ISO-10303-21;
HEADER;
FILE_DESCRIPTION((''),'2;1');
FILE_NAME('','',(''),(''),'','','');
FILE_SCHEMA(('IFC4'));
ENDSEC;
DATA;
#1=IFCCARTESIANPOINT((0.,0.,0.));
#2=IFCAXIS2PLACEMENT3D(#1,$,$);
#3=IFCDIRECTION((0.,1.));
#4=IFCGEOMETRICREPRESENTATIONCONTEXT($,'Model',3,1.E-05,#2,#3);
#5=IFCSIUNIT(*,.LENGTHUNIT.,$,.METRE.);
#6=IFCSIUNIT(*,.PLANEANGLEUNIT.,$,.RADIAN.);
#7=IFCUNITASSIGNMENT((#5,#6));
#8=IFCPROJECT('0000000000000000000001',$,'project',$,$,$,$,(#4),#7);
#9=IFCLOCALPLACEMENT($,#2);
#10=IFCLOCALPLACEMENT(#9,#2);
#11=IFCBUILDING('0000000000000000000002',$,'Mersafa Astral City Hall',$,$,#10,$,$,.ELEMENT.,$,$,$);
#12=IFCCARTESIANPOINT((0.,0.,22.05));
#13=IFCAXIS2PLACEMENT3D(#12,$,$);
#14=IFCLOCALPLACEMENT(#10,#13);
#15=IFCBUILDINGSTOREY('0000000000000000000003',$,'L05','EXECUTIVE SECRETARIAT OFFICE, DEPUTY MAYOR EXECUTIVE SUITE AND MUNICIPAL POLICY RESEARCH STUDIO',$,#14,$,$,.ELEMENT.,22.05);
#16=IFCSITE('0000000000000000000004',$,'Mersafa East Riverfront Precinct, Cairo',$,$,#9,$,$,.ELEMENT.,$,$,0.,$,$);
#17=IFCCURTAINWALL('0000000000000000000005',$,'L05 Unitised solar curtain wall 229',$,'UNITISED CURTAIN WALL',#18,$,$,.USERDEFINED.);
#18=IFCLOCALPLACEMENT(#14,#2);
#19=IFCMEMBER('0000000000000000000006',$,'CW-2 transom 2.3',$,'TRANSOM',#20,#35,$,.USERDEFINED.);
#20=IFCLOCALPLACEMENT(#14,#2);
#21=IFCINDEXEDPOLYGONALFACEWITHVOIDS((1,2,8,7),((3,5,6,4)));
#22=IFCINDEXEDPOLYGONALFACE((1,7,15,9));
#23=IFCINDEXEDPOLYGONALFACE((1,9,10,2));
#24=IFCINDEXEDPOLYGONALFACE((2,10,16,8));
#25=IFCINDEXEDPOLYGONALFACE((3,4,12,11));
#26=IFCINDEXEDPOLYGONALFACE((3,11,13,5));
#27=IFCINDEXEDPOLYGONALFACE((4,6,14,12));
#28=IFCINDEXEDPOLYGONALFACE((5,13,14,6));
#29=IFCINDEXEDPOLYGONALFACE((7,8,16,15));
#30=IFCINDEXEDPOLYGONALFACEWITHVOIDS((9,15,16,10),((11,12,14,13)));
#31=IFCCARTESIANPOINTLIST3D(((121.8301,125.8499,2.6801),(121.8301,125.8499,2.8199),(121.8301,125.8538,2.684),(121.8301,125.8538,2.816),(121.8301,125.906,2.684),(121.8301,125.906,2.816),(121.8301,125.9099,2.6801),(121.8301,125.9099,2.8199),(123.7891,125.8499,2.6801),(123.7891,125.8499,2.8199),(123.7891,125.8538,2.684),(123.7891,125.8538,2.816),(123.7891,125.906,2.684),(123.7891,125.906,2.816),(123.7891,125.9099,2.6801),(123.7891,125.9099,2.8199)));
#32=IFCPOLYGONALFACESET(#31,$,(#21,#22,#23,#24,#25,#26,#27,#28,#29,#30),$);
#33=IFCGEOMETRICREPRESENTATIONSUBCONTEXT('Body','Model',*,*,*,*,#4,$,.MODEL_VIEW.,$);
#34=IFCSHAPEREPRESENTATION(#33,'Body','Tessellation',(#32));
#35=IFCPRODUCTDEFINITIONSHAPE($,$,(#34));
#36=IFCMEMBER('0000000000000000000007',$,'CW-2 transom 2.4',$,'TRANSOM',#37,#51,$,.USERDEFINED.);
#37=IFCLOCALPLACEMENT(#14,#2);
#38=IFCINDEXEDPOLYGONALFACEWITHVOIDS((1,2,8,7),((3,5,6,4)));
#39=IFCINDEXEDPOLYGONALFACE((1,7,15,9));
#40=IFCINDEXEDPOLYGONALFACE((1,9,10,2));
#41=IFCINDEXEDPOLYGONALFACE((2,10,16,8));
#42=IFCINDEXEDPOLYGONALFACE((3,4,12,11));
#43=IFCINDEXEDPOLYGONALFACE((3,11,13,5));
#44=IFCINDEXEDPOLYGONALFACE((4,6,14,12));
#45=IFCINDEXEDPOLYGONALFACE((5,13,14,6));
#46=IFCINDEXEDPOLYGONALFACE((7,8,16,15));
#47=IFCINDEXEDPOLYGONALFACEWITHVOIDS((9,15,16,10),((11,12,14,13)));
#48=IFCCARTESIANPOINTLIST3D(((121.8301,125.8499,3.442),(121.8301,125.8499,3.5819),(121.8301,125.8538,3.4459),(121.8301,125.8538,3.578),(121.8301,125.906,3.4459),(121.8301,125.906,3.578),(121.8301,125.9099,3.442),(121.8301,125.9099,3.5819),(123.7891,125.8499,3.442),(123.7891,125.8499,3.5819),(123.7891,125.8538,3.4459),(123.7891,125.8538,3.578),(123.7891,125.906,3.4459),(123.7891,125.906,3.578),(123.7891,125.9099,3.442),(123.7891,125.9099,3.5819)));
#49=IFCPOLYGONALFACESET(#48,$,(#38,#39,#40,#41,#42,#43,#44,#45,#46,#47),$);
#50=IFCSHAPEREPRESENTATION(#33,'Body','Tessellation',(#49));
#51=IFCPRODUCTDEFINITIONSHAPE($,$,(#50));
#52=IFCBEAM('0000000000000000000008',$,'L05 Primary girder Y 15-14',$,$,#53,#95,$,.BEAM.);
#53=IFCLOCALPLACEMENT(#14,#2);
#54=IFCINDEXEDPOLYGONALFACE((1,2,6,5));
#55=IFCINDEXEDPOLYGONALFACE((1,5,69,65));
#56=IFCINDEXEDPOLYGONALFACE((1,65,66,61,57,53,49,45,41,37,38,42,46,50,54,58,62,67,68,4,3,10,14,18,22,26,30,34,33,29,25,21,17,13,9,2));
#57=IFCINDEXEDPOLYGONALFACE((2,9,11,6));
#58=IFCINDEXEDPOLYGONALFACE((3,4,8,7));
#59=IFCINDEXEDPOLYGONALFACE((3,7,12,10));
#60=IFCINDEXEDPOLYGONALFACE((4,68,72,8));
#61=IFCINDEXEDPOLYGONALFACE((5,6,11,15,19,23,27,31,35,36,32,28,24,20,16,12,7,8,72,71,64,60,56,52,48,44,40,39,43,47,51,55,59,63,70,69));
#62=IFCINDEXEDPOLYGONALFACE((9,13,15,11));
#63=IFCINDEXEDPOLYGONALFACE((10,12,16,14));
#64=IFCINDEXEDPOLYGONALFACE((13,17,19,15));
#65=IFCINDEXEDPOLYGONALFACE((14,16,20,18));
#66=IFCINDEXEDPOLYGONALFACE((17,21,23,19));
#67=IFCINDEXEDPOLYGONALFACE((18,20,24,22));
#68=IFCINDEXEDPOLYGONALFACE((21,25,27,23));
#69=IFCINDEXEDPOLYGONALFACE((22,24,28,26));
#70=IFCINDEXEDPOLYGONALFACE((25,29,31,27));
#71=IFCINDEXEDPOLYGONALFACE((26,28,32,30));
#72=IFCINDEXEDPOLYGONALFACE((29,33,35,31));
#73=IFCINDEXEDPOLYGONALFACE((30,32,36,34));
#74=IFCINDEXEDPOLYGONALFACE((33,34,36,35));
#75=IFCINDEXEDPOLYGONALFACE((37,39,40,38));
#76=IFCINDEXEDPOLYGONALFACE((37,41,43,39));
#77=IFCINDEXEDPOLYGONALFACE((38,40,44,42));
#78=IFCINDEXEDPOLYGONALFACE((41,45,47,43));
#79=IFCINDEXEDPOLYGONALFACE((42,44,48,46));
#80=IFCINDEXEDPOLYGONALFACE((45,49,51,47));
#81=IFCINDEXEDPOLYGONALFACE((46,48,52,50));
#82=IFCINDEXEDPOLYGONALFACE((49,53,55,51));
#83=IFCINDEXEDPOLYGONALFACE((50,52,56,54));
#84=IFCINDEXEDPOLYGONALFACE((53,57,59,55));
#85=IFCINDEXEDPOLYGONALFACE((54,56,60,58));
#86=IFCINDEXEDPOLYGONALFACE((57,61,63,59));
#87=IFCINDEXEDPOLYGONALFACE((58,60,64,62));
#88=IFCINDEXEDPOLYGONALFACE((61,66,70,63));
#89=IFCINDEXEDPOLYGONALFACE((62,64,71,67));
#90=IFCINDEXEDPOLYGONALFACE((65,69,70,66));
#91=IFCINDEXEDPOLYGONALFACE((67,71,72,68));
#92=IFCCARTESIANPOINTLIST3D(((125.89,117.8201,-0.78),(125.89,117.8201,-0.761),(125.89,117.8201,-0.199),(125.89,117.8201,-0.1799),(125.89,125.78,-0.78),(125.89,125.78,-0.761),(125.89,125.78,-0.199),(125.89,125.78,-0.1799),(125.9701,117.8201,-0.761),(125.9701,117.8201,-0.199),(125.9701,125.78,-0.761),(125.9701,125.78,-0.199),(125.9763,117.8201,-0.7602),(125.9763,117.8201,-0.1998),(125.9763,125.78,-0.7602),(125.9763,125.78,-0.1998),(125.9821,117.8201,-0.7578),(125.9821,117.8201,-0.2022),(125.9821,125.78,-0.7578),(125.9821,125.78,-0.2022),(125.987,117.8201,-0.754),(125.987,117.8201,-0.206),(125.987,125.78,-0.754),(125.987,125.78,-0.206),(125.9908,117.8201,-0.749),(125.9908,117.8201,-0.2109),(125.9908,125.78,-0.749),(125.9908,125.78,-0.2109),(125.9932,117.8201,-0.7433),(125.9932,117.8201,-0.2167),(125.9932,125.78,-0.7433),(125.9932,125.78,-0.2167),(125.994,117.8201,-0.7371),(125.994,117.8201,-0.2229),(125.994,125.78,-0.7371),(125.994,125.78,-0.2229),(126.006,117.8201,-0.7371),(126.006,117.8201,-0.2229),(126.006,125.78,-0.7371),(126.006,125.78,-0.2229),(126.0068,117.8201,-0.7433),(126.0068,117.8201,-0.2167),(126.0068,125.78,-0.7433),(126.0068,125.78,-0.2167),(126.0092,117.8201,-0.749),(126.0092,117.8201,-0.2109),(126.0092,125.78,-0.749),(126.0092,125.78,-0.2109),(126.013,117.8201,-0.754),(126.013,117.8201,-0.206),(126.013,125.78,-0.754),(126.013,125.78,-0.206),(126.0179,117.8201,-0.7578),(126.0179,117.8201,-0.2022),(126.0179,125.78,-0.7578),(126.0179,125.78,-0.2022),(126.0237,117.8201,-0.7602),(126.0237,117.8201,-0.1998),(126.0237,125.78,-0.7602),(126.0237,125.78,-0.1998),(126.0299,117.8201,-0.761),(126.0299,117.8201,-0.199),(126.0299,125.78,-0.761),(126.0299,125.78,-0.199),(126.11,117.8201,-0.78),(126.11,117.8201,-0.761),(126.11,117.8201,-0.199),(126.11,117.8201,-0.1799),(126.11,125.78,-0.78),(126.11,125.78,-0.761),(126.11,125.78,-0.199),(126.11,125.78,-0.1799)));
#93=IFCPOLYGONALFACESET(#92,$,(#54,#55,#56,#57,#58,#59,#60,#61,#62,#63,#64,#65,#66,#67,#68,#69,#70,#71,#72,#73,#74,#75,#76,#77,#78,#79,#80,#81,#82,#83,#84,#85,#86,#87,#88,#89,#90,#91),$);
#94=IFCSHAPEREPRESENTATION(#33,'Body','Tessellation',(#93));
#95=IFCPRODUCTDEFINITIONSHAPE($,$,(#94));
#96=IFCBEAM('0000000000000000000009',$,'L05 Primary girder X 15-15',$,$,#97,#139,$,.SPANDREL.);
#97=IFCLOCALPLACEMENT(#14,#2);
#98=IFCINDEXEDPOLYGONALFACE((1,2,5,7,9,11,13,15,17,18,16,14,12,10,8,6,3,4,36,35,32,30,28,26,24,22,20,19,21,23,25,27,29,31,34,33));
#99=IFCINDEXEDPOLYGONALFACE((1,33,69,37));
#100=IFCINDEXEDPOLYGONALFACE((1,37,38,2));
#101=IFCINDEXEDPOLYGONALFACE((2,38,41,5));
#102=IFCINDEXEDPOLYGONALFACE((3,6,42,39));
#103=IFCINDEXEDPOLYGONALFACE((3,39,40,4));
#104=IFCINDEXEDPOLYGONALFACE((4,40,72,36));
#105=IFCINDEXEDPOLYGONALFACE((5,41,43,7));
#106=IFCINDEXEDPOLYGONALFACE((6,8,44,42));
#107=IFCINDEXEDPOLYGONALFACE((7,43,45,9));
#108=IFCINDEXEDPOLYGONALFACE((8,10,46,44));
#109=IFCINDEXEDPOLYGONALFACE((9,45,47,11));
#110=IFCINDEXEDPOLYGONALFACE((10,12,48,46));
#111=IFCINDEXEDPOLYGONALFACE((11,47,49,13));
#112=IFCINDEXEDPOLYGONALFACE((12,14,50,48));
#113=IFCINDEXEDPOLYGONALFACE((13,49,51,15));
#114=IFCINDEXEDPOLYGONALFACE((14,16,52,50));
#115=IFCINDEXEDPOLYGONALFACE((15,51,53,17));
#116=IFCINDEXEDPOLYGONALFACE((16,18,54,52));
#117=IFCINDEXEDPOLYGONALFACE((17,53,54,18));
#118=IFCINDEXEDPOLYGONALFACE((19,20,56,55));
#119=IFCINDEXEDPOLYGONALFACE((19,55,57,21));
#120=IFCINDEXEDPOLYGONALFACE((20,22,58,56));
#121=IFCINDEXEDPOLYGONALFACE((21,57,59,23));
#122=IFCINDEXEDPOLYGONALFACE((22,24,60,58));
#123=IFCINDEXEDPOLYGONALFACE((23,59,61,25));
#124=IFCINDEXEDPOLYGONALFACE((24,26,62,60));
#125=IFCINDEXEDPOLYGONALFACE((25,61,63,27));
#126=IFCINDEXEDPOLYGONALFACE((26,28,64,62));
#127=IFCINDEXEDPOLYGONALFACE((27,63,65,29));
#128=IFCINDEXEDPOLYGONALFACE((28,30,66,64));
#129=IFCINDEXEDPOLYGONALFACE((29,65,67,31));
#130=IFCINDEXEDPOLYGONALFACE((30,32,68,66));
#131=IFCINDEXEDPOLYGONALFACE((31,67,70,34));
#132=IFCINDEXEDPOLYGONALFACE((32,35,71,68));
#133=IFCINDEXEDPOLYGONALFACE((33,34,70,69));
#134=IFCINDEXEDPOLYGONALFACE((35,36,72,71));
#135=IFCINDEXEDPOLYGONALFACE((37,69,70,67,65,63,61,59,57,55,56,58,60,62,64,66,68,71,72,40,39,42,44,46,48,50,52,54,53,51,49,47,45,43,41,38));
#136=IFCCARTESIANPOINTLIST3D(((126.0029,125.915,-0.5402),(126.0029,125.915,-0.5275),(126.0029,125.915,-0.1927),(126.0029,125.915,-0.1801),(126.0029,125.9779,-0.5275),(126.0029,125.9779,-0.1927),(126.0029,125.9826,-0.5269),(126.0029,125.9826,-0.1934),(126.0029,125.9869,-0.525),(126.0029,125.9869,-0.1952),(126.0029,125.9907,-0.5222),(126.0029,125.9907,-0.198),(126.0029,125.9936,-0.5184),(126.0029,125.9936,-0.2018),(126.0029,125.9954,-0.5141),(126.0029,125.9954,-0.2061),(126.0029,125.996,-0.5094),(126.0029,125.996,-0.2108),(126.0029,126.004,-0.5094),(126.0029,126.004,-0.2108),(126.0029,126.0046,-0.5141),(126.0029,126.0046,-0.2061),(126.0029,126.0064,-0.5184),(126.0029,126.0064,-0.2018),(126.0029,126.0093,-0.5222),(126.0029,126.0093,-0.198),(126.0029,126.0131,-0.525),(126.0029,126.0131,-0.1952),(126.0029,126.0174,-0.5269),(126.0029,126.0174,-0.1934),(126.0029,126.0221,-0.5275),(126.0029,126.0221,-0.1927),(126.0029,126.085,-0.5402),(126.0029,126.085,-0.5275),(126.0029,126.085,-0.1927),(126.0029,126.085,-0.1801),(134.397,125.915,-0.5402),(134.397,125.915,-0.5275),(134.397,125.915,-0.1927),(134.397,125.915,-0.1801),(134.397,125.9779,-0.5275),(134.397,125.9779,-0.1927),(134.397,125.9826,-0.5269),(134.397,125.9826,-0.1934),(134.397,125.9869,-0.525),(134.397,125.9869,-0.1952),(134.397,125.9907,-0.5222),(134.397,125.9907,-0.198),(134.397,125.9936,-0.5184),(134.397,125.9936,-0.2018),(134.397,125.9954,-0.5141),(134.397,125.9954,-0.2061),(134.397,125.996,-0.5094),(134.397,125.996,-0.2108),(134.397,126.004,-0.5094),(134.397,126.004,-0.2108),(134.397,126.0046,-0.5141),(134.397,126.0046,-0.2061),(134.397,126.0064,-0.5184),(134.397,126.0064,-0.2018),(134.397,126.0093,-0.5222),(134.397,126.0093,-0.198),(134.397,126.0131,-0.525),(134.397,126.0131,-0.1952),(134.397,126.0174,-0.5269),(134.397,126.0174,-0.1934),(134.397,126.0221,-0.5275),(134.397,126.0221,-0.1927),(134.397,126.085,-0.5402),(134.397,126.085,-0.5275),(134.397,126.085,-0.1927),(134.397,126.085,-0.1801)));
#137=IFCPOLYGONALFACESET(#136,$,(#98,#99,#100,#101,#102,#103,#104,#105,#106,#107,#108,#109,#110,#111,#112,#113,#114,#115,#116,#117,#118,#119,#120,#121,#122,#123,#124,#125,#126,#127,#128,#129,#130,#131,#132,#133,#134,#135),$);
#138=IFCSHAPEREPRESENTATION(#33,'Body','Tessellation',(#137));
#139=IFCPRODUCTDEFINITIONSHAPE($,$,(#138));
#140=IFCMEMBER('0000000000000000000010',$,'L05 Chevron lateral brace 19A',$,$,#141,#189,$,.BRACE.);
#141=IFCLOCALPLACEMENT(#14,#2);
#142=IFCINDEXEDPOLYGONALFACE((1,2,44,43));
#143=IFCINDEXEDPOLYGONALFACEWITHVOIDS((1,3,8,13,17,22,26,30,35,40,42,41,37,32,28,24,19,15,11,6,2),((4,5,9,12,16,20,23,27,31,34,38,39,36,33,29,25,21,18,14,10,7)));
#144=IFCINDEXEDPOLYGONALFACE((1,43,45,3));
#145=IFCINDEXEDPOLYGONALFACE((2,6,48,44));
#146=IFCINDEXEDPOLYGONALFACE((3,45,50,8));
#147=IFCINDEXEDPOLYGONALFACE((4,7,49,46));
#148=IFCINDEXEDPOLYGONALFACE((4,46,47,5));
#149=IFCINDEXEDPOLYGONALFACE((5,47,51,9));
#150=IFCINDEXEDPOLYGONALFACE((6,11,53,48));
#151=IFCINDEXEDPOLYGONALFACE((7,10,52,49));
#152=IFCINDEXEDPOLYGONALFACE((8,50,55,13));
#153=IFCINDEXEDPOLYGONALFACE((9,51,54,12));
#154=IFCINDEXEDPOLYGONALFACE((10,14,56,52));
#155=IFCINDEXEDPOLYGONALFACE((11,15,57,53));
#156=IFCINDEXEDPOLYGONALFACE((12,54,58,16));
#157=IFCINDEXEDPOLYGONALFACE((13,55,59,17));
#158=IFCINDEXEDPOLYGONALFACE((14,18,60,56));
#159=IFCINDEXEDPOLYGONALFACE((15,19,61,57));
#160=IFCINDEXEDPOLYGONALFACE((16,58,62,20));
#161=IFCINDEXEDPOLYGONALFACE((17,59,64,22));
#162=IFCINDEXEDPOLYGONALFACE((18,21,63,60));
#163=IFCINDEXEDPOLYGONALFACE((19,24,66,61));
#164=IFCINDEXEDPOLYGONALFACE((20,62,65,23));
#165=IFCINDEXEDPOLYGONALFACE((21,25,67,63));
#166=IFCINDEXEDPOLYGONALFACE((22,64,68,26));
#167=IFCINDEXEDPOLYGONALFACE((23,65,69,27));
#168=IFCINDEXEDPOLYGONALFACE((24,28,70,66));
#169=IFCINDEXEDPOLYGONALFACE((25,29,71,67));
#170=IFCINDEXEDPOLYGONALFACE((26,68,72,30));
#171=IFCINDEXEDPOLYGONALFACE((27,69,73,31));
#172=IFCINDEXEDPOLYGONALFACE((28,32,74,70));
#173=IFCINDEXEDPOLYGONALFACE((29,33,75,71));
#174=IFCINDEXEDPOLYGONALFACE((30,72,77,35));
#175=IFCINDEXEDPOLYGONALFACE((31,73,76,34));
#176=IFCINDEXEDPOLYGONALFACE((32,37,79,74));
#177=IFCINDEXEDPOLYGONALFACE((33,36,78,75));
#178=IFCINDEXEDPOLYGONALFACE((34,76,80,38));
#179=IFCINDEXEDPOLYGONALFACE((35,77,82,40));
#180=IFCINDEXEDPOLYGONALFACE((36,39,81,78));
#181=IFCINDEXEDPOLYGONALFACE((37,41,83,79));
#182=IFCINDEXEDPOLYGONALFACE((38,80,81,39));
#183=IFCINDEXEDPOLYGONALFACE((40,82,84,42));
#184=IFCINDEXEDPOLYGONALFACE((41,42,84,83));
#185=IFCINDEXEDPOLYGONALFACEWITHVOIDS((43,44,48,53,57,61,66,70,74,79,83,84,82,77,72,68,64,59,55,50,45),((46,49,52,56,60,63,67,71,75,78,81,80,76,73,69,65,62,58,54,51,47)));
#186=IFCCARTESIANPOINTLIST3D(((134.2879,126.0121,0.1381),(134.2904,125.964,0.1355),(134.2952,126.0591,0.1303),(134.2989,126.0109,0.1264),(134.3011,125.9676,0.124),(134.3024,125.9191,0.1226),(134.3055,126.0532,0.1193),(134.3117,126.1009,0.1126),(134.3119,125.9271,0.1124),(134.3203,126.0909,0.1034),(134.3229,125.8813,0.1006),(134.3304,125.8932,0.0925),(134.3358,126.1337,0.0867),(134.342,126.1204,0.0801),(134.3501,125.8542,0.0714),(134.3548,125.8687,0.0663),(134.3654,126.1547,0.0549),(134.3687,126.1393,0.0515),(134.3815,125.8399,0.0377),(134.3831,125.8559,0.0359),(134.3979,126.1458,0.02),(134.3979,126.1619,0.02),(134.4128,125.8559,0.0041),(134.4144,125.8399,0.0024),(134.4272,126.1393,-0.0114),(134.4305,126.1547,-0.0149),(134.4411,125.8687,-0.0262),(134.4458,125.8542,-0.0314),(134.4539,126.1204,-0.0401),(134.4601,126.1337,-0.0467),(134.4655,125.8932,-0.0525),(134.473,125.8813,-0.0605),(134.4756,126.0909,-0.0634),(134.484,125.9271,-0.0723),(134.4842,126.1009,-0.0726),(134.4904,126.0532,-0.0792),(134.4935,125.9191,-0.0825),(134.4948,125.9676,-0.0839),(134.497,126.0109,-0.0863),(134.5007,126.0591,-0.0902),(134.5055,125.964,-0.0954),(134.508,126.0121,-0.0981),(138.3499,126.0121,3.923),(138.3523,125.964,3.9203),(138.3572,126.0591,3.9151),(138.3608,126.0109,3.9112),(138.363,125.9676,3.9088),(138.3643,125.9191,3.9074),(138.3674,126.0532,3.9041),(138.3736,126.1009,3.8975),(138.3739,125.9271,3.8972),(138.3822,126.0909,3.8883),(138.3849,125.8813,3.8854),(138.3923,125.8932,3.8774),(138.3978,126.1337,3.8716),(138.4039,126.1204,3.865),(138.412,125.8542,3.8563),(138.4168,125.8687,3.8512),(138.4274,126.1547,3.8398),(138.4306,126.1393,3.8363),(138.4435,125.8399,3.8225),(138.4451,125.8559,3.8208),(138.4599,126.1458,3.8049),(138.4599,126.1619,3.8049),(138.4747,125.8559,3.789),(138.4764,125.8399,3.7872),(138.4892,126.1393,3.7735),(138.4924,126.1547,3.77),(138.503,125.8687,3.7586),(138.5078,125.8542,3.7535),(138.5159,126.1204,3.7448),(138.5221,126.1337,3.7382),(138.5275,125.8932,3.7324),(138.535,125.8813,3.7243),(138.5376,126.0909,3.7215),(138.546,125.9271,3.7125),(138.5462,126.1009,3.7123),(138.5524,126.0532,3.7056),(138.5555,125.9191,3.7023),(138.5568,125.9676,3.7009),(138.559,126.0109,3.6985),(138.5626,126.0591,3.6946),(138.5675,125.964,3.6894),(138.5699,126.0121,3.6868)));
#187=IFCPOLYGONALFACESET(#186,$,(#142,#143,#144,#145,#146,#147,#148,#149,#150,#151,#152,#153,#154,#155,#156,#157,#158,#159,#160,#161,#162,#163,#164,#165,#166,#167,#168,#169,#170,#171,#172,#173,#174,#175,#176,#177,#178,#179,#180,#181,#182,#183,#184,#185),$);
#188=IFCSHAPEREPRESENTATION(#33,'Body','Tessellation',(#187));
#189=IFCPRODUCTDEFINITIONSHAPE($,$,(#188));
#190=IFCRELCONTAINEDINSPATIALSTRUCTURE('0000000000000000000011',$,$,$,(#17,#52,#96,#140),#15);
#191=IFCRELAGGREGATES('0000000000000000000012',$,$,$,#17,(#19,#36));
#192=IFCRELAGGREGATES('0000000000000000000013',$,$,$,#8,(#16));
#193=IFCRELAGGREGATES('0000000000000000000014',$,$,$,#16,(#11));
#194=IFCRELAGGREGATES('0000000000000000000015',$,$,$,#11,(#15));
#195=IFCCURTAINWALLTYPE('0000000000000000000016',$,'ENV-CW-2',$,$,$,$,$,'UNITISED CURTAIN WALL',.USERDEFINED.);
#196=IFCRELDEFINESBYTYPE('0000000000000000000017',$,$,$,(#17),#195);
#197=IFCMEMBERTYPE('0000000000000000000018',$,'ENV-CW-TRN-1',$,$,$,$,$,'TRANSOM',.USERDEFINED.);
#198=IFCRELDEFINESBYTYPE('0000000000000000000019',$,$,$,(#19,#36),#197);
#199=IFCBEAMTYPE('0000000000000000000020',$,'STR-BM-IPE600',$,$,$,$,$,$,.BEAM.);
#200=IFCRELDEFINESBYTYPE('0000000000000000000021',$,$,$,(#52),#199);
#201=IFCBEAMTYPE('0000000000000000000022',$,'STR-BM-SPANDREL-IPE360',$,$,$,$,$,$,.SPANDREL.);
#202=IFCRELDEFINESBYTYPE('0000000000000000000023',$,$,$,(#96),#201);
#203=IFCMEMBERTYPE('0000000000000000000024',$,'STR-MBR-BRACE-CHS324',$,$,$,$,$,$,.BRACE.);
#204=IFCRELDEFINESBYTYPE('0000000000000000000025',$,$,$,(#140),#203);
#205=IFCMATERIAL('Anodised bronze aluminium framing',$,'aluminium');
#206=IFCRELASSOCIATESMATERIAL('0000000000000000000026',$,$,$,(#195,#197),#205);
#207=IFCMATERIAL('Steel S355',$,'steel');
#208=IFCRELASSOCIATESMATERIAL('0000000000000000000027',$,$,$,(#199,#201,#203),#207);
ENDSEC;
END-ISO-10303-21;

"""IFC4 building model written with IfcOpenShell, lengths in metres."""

from ifc_helpers import new_model, si_unit, direction, frame, origin, origin_2d, place, context, subcontext, project, spatial, hollow_rectangle, hollow_circle, i_section, extrude, material, material_profile, profile_set, type_object, element, aggregate, save


model = new_model("IFC4")

# Units and contexts
model_context = context("Model", 3, precision=1e-05, world=origin(), true_north=direction((0.0, 1.0)))
body_context = subcontext(model_context, "Body", "Model", "MODEL_VIEW")
ifc_project = project(units=[si_unit("LENGTHUNIT", "METRE"), si_unit("PLANEANGLEUNIT", "RADIAN")], contexts=[model_context])

# Site, building, storey
site_placement = place(None, origin())
site = spatial("IfcSite", under=ifc_project, at=site_placement, Name="Mersafa East Riverfront Precinct, Cairo", CompositionType="ELEMENT", RefElevation=0.0)
building_placement = place(site_placement, origin())
building = spatial("IfcBuilding", under=site, at=building_placement, Name="Mersafa Astral City Hall", CompositionType="ELEMENT")
storey_placement = place(building_placement, frame((0.0, 0.0, 22.05)))
storey = spatial("IfcBuildingStorey", under=building, at=storey_placement, Name="L05", Description="EXECUTIVE SECRETARIAT OFFICE, DEPUTY MAYOR EXECUTIVE SUITE AND MUNICIPAL POLICY RESEARCH STUDIO", CompositionType="ELEMENT", Elevation=22.05)

# Shared definitions
ifc_material_1 = material(Name="Steel S355", Category="steel")

# Curtain wall, members
ifc_material_2 = material(Name="Anodised bronze aluminium framing", Category="aluminium")
curtain_wall_type = type_object("IfcCurtainWallType", Name="ENV-CW-2", ElementType="UNITISED CURTAIN WALL", PredefinedType="USERDEFINED", material=ifc_material_2)
curtain_wall_placement = place(storey_placement, origin())
curtain_wall = element("IfcCurtainWall", 1, at=curtain_wall_placement, inside=storey, type_object=curtain_wall_type, Name="L05 Unitised solar curtain wall 229", ObjectType="UNITISED CURTAIN WALL", PredefinedType="USERDEFINED")
ifc_material_profile_1 = material_profile(ifc_material_2, hollow_rectangle(XDim=0.0601, YDim=0.1399, WallThickness=0.0039, at=origin_2d()), Name="RHS 60x140x4")
ifc_profile_set_1 = profile_set([ifc_material_profile_1], Name="Anodised bronze aluminium framing")
member_type_1 = type_object("IfcMemberType", Name="ENV-CW-TRN-1", ElementType="TRANSOM", PredefinedType="USERDEFINED", material=ifc_profile_set_1)
member_1_placement = place(storey_placement, frame((123.7891, 125.8799, 2.75), z_axis=(-1.0, 0.0, 0.0), x_axis=(0.0, -1.0, 0.0)))
member_1 = element("IfcMember", 2, at=member_1_placement, type_object=member_type_1, Name="CW-2 transom 2.3", ObjectType="TRANSOM", PredefinedType="USERDEFINED", context=body_context, shape_type="SweptSolid", body=[
    extrude(hollow_rectangle(XDim=0.0601, YDim=0.1399, WallThickness=0.0039, at=origin_2d()), origin(), (0.0, 0.0, 1.0), 1.959),
])
member_2_placement = place(storey_placement, frame((123.7891, 125.8799, 3.512), z_axis=(-1.0, 0.0, 0.0), x_axis=(0.0, -1.0, 0.0)))
member_2 = element("IfcMember", 3, at=member_2_placement, type_object=member_type_1, Name="CW-2 transom 2.4", ObjectType="TRANSOM", PredefinedType="USERDEFINED", context=body_context, shape_type="SweptSolid", body=[
    extrude(hollow_rectangle(XDim=0.0601, YDim=0.1399, WallThickness=0.0039, at=origin_2d()), origin(), (0.0, 0.0, 1.0), 1.959),
])

# Beams
ifc_material_profile_2 = material_profile(ifc_material_1, i_section(OverallWidth=0.22, OverallDepth=0.6001, WebThickness=0.012, FlangeThickness=0.019, FilletRadius=0.0239, at=origin_2d()), Name="IPE 600")
ifc_profile_set_2 = profile_set([ifc_material_profile_2], Name="Steel S355")
beam_type_1 = type_object("IfcBeamType", Name="STR-BM-IPE600", PredefinedType="BEAM", material=ifc_profile_set_2)
beam_1_placement = place(storey_placement, frame((126.0, 117.8201, -0.48), z_axis=(0.0, 1.0, 0.0), x_axis=(-1.0, 0.0, 0.0)))
element("IfcBeam", 4, at=beam_1_placement, inside=storey, type_object=beam_type_1, Name="L05 Primary girder Y 15-14", PredefinedType="BEAM", context=body_context, shape_type="SweptSolid", body=[
    extrude(i_section(OverallWidth=0.22, OverallDepth=0.6001, WebThickness=0.012, FlangeThickness=0.019, FilletRadius=0.0239, at=origin_2d()), origin(), (0.0, 0.0, 1.0), 7.96),
])
ifc_material_profile_3 = material_profile(ifc_material_1, i_section(OverallWidth=0.1699, OverallDepth=0.3601, WebThickness=0.0081, FlangeThickness=0.0127, FilletRadius=0.0181, at=origin_2d()), Name="IPE 360")
ifc_profile_set_3 = profile_set([ifc_material_profile_3], Name="Steel S355")
beam_type_2 = type_object("IfcBeamType", Name="STR-BM-SPANDREL-IPE360", PredefinedType="SPANDREL", material=ifc_profile_set_3)
beam_2_placement = place(storey_placement, frame((126.0029, 126.0, -0.3601), z_axis=(1.0, 0.0, 0.0), x_axis=(0.0, 1.0, 0.0)))
element("IfcBeam", 5, at=beam_2_placement, inside=storey, type_object=beam_type_2, Name="L05 Primary girder X 15-15", PredefinedType="SPANDREL", context=body_context, shape_type="SweptSolid", body=[
    extrude(i_section(OverallWidth=0.1699, OverallDepth=0.3601, WebThickness=0.0081, FlangeThickness=0.0127, FilletRadius=0.0181, at=origin_2d()), origin(), (0.0, 0.0, 1.0), 8.394),
])

# Member
ifc_material_profile_4 = material_profile(ifc_material_1, hollow_circle(Radius=0.1619, WallThickness=0.0161, at=origin_2d()), Name="CHS 323.9x16")
ifc_profile_set_4 = profile_set([ifc_material_profile_4], Name="Steel S355")
member_type_2 = type_object("IfcMemberType", Name="STR-MBR-BRACE-CHS324", PredefinedType="BRACE", material=ifc_profile_set_4)
member_3_placement = place(storey_placement, frame((134.3979, 126.0, 0.02), z_axis=(0.731621, 0.0, 0.681712), x_axis=(0.0, 1.0, 0.0)))
element("IfcMember", 6, at=member_3_placement, inside=storey, type_object=member_type_2, Name="L05 Chevron lateral brace 19A", PredefinedType="BRACE", context=body_context, shape_type="SweptSolid", body=[
    extrude(hollow_circle(Radius=0.1619, WallThickness=0.0161, at=origin_2d()), origin(), (0.0, 0.0, 1.0), 5.552),
])

aggregate(curtain_wall, [member_1, member_2])

save(model, "model.ifc")
